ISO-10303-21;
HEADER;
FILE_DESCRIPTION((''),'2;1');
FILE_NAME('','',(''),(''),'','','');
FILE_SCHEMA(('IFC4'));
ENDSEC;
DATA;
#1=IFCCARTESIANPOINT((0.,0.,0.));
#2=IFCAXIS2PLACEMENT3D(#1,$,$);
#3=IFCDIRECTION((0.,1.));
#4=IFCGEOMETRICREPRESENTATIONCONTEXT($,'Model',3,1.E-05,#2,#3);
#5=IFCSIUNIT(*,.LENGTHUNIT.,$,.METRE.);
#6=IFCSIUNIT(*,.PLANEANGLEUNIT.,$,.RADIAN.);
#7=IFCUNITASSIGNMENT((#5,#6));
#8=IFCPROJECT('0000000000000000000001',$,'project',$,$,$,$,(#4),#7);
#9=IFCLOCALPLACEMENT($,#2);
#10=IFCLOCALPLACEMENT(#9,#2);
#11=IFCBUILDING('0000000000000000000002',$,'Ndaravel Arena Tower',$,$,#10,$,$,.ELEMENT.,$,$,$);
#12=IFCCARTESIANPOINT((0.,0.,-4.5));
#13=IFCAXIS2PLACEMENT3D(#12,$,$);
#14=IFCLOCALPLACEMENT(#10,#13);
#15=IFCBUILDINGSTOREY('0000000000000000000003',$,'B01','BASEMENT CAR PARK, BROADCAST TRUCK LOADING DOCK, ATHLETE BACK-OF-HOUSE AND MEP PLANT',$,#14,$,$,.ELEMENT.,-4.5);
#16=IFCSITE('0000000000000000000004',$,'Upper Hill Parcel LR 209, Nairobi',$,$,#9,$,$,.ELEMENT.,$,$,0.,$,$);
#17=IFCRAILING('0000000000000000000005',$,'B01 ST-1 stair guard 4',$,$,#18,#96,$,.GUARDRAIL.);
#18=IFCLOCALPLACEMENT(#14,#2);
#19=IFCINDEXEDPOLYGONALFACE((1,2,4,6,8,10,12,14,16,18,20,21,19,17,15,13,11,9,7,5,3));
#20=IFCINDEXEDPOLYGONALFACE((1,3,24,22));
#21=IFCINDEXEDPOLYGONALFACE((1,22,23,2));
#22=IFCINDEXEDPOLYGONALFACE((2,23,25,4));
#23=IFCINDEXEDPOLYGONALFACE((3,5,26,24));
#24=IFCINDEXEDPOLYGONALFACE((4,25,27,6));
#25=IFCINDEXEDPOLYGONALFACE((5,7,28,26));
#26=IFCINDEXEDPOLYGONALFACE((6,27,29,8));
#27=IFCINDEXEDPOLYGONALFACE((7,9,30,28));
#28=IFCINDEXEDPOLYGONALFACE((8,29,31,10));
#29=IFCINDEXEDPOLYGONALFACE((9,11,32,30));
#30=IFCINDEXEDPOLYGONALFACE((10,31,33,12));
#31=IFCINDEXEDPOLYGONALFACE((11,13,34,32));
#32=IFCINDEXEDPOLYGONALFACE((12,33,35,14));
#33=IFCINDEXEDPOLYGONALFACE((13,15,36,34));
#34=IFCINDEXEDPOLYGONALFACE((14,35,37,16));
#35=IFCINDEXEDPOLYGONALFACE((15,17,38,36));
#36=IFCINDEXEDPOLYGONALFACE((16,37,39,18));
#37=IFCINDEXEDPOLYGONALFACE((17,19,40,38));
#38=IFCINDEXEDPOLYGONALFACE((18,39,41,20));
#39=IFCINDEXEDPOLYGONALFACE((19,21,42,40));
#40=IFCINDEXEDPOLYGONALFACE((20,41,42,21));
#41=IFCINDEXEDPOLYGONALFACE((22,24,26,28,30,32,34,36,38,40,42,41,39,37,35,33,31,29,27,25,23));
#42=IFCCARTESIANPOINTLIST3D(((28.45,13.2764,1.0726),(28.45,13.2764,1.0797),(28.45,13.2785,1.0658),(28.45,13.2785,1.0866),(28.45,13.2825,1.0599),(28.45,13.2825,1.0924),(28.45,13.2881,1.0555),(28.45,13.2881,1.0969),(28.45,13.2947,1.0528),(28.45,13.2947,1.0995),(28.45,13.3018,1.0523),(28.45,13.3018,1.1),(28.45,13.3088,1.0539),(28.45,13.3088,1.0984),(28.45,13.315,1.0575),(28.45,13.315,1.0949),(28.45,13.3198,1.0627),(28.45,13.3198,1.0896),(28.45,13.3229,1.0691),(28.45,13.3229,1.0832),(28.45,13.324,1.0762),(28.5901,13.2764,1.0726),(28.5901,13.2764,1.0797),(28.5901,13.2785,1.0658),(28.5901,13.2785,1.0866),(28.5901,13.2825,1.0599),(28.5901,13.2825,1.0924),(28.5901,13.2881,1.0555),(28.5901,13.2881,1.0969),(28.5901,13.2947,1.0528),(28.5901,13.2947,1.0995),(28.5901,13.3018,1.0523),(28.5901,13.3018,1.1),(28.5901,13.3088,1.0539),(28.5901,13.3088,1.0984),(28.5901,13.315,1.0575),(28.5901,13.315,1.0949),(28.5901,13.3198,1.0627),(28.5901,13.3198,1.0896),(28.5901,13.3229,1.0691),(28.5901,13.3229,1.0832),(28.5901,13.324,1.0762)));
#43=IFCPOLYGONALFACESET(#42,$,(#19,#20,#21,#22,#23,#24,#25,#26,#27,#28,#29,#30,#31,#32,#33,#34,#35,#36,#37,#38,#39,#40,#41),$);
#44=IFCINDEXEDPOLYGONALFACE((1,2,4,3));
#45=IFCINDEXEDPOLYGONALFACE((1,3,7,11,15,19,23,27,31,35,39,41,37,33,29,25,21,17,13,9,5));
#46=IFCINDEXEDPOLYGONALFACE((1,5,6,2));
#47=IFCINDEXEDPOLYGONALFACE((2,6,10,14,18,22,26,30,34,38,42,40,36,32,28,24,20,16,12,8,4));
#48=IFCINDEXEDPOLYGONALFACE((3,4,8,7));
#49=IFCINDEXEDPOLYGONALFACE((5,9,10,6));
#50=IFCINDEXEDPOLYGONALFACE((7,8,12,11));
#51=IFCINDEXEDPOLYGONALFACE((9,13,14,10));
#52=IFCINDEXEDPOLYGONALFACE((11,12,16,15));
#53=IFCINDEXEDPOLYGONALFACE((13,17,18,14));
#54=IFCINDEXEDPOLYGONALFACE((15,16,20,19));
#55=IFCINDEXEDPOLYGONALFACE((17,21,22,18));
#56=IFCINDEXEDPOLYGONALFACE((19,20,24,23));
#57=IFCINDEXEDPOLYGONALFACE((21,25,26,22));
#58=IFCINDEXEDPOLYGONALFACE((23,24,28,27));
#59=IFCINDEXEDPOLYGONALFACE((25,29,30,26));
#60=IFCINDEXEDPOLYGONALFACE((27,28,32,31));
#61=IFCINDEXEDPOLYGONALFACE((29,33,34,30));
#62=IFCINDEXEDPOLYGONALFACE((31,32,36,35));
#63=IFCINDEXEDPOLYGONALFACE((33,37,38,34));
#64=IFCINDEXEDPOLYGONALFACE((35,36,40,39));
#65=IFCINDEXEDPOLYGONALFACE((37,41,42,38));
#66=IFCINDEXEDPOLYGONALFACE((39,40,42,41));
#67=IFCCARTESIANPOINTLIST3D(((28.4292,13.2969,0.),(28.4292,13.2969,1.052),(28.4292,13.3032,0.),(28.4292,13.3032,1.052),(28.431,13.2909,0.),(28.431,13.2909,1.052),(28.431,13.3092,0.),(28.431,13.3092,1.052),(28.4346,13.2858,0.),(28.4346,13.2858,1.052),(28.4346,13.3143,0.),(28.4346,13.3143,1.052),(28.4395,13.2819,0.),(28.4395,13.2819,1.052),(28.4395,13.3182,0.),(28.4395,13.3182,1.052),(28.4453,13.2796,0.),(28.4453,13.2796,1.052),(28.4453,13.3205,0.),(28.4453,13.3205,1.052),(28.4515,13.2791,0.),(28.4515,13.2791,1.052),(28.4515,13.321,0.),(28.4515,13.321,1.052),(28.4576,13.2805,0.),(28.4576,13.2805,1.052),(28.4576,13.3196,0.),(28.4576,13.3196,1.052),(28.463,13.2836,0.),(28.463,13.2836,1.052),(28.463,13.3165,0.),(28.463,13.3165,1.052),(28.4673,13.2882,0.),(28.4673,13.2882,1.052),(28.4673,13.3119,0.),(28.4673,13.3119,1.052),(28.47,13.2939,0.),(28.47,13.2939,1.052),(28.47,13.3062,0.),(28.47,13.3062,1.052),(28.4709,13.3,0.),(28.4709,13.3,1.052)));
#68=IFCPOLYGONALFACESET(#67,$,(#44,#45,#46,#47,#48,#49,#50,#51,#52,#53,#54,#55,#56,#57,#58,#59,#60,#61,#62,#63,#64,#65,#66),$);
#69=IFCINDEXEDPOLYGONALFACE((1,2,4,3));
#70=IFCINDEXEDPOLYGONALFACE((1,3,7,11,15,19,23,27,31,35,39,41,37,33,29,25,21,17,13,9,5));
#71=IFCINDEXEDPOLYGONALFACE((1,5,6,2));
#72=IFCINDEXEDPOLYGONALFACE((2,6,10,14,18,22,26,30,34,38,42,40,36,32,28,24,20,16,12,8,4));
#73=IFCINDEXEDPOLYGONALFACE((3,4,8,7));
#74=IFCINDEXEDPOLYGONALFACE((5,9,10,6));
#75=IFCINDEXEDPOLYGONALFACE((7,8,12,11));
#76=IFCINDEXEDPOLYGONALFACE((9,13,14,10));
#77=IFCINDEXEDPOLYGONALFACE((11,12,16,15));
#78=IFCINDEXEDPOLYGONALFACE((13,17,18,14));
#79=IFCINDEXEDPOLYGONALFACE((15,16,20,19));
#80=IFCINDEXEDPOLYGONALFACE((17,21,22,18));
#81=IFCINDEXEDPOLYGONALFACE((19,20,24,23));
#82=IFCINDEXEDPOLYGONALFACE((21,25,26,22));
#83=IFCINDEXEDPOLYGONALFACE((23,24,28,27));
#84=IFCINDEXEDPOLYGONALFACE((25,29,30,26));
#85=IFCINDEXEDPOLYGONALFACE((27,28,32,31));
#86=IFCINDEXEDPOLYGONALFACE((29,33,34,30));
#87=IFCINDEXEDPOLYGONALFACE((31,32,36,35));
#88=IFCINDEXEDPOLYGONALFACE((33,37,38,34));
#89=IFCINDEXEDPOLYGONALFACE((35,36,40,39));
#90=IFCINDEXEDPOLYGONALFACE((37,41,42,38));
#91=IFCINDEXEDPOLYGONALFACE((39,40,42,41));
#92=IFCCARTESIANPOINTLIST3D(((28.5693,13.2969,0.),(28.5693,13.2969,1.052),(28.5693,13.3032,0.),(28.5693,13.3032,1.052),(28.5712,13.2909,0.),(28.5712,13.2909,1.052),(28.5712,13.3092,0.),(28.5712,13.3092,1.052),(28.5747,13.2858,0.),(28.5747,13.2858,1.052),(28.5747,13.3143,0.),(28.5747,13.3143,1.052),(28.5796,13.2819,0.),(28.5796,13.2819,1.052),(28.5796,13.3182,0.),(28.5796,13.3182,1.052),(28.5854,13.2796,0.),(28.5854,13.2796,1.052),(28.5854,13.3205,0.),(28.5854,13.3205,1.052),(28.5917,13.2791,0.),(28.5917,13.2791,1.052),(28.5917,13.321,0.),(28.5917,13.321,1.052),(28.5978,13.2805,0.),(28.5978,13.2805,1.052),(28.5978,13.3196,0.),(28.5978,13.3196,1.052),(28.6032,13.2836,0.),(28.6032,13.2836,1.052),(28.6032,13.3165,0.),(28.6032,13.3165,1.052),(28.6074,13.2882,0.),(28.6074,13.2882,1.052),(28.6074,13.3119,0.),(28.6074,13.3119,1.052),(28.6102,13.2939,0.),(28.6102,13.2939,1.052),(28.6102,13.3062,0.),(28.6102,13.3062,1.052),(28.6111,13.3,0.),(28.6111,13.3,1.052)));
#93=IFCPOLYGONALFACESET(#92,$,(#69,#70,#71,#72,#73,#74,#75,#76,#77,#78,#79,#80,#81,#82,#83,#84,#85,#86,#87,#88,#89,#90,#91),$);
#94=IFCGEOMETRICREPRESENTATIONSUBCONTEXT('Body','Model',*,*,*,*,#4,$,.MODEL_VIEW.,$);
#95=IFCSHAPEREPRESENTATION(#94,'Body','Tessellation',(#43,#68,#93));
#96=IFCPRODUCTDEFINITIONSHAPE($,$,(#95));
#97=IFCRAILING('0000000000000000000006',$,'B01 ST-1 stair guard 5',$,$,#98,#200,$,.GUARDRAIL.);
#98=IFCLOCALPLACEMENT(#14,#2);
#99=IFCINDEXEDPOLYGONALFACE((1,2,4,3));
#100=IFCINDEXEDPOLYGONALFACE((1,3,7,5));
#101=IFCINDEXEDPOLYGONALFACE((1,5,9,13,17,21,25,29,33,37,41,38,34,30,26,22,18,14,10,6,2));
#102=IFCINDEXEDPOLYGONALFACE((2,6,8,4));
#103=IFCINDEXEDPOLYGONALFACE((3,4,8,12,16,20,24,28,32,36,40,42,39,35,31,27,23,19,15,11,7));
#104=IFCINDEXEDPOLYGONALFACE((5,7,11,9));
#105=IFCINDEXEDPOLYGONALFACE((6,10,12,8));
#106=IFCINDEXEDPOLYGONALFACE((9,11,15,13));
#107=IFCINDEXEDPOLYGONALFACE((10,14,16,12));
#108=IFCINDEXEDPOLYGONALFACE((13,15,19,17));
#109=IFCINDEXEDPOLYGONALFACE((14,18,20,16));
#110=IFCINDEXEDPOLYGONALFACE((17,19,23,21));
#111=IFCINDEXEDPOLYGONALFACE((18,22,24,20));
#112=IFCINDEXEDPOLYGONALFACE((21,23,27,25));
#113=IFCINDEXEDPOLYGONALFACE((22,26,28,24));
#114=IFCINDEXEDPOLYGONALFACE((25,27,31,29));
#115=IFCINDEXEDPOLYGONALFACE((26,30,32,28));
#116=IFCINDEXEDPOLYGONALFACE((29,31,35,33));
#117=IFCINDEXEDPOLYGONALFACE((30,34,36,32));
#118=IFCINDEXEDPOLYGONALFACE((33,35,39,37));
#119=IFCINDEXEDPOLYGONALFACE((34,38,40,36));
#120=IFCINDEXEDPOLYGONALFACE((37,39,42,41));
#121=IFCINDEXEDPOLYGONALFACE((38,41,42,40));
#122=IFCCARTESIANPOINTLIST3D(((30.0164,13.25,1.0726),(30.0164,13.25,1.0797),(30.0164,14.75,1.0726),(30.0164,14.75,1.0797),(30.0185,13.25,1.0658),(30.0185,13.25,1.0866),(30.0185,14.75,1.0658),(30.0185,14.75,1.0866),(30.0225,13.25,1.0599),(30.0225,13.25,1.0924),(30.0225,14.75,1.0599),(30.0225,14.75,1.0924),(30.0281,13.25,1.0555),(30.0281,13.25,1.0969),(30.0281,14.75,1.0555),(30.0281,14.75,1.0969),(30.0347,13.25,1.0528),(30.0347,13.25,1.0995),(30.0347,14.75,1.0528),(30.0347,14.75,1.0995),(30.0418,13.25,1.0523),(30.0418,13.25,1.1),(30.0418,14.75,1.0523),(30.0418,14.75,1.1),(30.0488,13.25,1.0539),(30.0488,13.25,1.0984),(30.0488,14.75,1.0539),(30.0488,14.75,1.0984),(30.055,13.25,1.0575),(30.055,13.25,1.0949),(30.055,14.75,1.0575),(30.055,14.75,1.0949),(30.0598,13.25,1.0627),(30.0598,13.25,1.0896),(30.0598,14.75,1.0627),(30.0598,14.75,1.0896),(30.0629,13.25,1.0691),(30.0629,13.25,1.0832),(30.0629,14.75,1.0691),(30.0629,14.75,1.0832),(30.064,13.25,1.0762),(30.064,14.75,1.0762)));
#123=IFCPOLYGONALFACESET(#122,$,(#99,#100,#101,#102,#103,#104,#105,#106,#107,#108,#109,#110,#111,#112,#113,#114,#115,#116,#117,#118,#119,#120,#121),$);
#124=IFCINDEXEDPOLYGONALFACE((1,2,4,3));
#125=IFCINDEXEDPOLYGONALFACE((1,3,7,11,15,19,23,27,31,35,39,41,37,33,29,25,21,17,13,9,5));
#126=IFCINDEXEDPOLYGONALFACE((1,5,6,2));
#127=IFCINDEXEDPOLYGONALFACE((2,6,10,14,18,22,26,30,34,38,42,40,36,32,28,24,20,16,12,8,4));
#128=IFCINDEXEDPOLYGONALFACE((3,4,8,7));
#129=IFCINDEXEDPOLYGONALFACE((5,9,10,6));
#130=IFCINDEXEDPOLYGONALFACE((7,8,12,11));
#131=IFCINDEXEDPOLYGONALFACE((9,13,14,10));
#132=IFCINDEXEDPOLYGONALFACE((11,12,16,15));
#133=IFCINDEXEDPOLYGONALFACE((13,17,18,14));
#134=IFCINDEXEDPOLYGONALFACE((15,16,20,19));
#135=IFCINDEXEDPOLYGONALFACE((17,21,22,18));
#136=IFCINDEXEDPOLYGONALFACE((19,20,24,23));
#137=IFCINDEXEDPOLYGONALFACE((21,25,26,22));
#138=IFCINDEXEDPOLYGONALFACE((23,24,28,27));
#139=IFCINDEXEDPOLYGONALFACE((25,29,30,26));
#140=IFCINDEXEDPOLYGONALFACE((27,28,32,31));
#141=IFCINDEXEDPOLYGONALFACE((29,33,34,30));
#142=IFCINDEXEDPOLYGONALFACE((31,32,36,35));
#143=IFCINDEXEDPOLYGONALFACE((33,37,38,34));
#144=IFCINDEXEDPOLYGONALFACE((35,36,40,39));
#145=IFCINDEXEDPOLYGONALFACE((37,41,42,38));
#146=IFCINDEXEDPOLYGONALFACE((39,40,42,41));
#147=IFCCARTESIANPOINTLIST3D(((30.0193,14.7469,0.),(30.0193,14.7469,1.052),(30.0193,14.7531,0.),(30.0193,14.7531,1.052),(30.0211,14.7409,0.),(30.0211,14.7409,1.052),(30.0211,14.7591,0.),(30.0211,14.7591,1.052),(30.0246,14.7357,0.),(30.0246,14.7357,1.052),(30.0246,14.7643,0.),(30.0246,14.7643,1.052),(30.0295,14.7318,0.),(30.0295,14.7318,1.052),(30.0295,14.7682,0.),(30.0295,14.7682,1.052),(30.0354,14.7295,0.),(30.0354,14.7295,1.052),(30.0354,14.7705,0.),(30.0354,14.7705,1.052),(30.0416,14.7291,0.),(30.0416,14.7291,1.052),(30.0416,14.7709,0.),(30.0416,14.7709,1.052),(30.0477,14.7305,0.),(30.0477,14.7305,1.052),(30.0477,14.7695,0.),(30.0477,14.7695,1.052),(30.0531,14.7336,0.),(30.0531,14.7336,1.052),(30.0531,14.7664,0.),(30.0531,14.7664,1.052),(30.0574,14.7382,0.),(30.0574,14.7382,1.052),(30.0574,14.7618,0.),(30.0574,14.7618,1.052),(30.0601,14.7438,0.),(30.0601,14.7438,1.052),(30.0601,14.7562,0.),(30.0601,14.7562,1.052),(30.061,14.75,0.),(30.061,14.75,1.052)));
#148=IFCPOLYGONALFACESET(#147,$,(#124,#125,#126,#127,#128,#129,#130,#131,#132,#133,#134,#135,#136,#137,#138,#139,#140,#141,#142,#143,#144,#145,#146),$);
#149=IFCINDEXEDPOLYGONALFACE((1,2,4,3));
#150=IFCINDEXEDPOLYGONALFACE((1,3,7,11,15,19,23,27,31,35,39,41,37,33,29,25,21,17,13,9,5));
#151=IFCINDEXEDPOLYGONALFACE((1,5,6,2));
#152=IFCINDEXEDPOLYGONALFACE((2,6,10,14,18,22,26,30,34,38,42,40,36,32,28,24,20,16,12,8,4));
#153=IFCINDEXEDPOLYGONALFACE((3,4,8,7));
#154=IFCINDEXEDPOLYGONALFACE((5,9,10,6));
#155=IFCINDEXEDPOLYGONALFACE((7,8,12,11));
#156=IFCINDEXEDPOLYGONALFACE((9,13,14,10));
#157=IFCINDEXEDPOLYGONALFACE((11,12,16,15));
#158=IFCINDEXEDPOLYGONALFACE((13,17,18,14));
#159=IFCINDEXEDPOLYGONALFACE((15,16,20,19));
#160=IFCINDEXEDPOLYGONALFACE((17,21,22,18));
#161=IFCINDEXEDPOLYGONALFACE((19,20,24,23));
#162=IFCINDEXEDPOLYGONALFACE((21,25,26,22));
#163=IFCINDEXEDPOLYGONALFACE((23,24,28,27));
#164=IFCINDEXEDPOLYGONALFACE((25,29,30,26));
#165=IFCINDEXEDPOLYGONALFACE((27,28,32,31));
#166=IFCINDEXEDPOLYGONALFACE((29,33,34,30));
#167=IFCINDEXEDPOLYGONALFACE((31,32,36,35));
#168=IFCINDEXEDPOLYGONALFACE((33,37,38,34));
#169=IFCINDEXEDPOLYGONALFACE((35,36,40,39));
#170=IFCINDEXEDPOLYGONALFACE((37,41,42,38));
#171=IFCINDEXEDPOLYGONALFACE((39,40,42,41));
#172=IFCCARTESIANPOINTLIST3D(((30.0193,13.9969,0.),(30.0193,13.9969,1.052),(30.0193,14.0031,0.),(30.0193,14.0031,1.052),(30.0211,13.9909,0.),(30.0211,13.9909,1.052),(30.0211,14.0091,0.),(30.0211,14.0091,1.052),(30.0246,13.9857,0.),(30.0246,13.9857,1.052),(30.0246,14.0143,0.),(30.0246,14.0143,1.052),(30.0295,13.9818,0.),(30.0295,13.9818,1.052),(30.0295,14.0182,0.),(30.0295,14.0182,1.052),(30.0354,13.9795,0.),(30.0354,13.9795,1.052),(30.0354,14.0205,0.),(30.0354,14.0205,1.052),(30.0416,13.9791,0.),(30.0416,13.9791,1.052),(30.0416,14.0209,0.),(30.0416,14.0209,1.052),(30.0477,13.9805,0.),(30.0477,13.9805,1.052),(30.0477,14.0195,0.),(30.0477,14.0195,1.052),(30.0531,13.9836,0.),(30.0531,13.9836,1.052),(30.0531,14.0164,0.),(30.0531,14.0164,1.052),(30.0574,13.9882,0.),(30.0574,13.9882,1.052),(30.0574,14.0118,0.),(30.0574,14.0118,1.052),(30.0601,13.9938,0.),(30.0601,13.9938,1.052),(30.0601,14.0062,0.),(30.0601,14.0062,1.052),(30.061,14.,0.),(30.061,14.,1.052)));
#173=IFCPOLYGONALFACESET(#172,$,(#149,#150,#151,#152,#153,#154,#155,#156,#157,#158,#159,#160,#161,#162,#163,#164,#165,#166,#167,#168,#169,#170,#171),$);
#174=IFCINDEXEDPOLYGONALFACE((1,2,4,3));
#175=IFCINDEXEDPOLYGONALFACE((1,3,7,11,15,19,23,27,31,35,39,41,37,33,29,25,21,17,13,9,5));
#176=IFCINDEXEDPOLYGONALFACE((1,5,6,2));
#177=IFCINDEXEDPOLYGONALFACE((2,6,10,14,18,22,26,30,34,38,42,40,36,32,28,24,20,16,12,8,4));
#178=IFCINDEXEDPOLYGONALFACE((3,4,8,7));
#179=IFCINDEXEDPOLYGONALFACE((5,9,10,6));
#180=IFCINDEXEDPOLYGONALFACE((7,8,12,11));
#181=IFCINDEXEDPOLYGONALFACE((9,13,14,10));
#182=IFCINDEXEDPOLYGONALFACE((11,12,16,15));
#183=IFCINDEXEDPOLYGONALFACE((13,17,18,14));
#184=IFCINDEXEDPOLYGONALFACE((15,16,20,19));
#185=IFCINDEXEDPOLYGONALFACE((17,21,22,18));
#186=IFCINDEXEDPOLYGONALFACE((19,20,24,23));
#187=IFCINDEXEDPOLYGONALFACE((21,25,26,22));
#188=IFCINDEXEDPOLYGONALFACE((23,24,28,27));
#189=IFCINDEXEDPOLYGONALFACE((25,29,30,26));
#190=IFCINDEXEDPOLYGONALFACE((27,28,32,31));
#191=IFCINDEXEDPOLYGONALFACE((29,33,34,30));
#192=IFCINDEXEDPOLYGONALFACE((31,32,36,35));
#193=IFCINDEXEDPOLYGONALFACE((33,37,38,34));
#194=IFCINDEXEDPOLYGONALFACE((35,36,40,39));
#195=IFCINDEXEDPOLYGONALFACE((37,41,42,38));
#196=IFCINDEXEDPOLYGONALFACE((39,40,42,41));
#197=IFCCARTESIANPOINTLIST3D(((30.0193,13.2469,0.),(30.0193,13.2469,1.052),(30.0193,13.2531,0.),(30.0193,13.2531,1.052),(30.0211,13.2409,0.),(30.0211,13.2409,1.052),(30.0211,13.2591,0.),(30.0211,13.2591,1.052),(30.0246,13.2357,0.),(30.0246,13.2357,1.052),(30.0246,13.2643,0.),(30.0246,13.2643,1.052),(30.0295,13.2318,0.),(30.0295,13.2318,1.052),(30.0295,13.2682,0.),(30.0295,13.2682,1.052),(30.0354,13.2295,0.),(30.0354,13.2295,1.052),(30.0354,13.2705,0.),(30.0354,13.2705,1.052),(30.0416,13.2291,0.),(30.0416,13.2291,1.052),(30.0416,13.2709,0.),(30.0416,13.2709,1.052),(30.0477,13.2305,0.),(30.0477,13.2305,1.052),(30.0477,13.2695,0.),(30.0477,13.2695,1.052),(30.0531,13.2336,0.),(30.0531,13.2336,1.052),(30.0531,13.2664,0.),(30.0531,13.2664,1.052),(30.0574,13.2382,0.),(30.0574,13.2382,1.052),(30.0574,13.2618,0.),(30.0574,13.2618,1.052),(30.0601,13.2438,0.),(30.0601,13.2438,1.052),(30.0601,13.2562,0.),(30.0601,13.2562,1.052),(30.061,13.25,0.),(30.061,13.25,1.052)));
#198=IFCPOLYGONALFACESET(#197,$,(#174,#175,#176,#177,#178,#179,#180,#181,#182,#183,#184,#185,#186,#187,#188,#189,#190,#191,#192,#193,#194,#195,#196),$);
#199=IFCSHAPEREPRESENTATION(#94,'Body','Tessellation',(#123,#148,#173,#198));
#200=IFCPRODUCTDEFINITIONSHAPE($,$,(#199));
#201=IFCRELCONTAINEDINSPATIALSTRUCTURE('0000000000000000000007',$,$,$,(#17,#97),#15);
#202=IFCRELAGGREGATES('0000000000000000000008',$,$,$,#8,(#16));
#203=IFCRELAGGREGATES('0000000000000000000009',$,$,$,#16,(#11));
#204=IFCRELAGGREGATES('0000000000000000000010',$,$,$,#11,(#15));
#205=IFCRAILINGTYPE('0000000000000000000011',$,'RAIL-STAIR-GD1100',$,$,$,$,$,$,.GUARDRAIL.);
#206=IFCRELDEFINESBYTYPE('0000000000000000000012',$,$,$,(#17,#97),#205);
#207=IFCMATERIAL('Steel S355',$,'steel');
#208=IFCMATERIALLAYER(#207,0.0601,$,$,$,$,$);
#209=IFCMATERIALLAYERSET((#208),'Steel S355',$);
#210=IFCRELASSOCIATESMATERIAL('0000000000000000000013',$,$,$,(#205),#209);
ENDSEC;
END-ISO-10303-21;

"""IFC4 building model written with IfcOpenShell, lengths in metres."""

from ifc_helpers import new_model, si_unit, direction, frame, origin, origin_2d, place, context, subcontext, project, spatial, circle, extrude, material, layer, layer_set, type_object, element, save


model = new_model("IFC4")

# Units and contexts
model_context = context("Model", 3, precision=1e-05, world=origin(), true_north=direction((0.0, 1.0)))
body_context = subcontext(model_context, "Body", "Model", "MODEL_VIEW")
ifc_project = project(units=[si_unit("LENGTHUNIT", "METRE"), si_unit("PLANEANGLEUNIT", "RADIAN")], contexts=[model_context])

# Site, building, storey
site_placement = place(None, origin())
site = spatial("IfcSite", under=ifc_project, at=site_placement, Name="Upper Hill Parcel LR 209, Nairobi", CompositionType="ELEMENT", RefElevation=0.0)
building_placement = place(site_placement, origin())
building = spatial("IfcBuilding", under=site, at=building_placement, Name="Ndaravel Arena Tower", CompositionType="ELEMENT")
storey_placement = place(building_placement, frame((0.0, 0.0, -4.5)))
storey = spatial("IfcBuildingStorey", under=building, at=storey_placement, Name="B01", Description="BASEMENT CAR PARK, BROADCAST TRUCK LOADING DOCK, ATHLETE BACK-OF-HOUSE AND MEP PLANT", CompositionType="ELEMENT", Elevation=-4.5)

# Railings
ifc_material_1 = material(Name="Steel S355", Category="steel")
ifc_layer_1 = layer(ifc_material_1, 0.0601)
ifc_layer_set_1 = layer_set([ifc_layer_1], Name="Steel S355")
railing_type_1 = type_object("IfcRailingType", Name="RAIL-STAIR-GD1100", PredefinedType="GUARDRAIL", material=ifc_layer_set_1)
railing_1_placement = place(storey_placement, frame((28.45, 13.3, 0.0)))
element("IfcRailing", 1, at=railing_1_placement, inside=storey, type_object=railing_type_1, Name="B01 ST-1 stair guard 4", PredefinedType="GUARDRAIL", context=body_context, shape_type="SweptSolid", body=[
    extrude(circle(Radius=0.0239, at=origin_2d()), frame((0.0, 0.0, 1.0762), z_axis=(1.0, 0.0, 0.0), x_axis=(0.0, 1.0, 0.0)), (0.0, 0.0, 1.0), 0.1401),
    extrude(circle(Radius=0.021, at=origin_2d()), origin(), (0.0, 0.0, 1.0), 1.052),
    extrude(circle(Radius=0.021, at=origin_2d()), frame((0.1401, 0.0, 0.0)), (0.0, 0.0, 1.0), 1.052),
])
railing_2_placement = place(storey_placement, frame((30.04, 14.75, 0.0)))
element("IfcRailing", 2, at=railing_2_placement, inside=storey, type_object=railing_type_1, Name="B01 ST-1 stair guard 5", PredefinedType="GUARDRAIL", context=body_context, shape_type="SweptSolid", body=[
    extrude(circle(Radius=0.0239, at=origin_2d()), frame((0.0, 0.0, 1.0762), z_axis=(0.0, -1.0, 0.0), x_axis=(1.0, 0.0, 0.0)), (0.0, 0.0, 1.0), 1.5),
    extrude(circle(Radius=0.021, at=origin_2d()), origin(), (0.0, 0.0, 1.0), 1.052),
    extrude(circle(Radius=0.021, at=origin_2d()), frame((0.0, -0.75, 0.0)), (0.0, 0.0, 1.0), 1.052),
    extrude(circle(Radius=0.021, at=origin_2d()), frame((0.0, -1.5, 0.0)), (0.0, 0.0, 1.0), 1.052),
])

save(model, "model.ifc")
